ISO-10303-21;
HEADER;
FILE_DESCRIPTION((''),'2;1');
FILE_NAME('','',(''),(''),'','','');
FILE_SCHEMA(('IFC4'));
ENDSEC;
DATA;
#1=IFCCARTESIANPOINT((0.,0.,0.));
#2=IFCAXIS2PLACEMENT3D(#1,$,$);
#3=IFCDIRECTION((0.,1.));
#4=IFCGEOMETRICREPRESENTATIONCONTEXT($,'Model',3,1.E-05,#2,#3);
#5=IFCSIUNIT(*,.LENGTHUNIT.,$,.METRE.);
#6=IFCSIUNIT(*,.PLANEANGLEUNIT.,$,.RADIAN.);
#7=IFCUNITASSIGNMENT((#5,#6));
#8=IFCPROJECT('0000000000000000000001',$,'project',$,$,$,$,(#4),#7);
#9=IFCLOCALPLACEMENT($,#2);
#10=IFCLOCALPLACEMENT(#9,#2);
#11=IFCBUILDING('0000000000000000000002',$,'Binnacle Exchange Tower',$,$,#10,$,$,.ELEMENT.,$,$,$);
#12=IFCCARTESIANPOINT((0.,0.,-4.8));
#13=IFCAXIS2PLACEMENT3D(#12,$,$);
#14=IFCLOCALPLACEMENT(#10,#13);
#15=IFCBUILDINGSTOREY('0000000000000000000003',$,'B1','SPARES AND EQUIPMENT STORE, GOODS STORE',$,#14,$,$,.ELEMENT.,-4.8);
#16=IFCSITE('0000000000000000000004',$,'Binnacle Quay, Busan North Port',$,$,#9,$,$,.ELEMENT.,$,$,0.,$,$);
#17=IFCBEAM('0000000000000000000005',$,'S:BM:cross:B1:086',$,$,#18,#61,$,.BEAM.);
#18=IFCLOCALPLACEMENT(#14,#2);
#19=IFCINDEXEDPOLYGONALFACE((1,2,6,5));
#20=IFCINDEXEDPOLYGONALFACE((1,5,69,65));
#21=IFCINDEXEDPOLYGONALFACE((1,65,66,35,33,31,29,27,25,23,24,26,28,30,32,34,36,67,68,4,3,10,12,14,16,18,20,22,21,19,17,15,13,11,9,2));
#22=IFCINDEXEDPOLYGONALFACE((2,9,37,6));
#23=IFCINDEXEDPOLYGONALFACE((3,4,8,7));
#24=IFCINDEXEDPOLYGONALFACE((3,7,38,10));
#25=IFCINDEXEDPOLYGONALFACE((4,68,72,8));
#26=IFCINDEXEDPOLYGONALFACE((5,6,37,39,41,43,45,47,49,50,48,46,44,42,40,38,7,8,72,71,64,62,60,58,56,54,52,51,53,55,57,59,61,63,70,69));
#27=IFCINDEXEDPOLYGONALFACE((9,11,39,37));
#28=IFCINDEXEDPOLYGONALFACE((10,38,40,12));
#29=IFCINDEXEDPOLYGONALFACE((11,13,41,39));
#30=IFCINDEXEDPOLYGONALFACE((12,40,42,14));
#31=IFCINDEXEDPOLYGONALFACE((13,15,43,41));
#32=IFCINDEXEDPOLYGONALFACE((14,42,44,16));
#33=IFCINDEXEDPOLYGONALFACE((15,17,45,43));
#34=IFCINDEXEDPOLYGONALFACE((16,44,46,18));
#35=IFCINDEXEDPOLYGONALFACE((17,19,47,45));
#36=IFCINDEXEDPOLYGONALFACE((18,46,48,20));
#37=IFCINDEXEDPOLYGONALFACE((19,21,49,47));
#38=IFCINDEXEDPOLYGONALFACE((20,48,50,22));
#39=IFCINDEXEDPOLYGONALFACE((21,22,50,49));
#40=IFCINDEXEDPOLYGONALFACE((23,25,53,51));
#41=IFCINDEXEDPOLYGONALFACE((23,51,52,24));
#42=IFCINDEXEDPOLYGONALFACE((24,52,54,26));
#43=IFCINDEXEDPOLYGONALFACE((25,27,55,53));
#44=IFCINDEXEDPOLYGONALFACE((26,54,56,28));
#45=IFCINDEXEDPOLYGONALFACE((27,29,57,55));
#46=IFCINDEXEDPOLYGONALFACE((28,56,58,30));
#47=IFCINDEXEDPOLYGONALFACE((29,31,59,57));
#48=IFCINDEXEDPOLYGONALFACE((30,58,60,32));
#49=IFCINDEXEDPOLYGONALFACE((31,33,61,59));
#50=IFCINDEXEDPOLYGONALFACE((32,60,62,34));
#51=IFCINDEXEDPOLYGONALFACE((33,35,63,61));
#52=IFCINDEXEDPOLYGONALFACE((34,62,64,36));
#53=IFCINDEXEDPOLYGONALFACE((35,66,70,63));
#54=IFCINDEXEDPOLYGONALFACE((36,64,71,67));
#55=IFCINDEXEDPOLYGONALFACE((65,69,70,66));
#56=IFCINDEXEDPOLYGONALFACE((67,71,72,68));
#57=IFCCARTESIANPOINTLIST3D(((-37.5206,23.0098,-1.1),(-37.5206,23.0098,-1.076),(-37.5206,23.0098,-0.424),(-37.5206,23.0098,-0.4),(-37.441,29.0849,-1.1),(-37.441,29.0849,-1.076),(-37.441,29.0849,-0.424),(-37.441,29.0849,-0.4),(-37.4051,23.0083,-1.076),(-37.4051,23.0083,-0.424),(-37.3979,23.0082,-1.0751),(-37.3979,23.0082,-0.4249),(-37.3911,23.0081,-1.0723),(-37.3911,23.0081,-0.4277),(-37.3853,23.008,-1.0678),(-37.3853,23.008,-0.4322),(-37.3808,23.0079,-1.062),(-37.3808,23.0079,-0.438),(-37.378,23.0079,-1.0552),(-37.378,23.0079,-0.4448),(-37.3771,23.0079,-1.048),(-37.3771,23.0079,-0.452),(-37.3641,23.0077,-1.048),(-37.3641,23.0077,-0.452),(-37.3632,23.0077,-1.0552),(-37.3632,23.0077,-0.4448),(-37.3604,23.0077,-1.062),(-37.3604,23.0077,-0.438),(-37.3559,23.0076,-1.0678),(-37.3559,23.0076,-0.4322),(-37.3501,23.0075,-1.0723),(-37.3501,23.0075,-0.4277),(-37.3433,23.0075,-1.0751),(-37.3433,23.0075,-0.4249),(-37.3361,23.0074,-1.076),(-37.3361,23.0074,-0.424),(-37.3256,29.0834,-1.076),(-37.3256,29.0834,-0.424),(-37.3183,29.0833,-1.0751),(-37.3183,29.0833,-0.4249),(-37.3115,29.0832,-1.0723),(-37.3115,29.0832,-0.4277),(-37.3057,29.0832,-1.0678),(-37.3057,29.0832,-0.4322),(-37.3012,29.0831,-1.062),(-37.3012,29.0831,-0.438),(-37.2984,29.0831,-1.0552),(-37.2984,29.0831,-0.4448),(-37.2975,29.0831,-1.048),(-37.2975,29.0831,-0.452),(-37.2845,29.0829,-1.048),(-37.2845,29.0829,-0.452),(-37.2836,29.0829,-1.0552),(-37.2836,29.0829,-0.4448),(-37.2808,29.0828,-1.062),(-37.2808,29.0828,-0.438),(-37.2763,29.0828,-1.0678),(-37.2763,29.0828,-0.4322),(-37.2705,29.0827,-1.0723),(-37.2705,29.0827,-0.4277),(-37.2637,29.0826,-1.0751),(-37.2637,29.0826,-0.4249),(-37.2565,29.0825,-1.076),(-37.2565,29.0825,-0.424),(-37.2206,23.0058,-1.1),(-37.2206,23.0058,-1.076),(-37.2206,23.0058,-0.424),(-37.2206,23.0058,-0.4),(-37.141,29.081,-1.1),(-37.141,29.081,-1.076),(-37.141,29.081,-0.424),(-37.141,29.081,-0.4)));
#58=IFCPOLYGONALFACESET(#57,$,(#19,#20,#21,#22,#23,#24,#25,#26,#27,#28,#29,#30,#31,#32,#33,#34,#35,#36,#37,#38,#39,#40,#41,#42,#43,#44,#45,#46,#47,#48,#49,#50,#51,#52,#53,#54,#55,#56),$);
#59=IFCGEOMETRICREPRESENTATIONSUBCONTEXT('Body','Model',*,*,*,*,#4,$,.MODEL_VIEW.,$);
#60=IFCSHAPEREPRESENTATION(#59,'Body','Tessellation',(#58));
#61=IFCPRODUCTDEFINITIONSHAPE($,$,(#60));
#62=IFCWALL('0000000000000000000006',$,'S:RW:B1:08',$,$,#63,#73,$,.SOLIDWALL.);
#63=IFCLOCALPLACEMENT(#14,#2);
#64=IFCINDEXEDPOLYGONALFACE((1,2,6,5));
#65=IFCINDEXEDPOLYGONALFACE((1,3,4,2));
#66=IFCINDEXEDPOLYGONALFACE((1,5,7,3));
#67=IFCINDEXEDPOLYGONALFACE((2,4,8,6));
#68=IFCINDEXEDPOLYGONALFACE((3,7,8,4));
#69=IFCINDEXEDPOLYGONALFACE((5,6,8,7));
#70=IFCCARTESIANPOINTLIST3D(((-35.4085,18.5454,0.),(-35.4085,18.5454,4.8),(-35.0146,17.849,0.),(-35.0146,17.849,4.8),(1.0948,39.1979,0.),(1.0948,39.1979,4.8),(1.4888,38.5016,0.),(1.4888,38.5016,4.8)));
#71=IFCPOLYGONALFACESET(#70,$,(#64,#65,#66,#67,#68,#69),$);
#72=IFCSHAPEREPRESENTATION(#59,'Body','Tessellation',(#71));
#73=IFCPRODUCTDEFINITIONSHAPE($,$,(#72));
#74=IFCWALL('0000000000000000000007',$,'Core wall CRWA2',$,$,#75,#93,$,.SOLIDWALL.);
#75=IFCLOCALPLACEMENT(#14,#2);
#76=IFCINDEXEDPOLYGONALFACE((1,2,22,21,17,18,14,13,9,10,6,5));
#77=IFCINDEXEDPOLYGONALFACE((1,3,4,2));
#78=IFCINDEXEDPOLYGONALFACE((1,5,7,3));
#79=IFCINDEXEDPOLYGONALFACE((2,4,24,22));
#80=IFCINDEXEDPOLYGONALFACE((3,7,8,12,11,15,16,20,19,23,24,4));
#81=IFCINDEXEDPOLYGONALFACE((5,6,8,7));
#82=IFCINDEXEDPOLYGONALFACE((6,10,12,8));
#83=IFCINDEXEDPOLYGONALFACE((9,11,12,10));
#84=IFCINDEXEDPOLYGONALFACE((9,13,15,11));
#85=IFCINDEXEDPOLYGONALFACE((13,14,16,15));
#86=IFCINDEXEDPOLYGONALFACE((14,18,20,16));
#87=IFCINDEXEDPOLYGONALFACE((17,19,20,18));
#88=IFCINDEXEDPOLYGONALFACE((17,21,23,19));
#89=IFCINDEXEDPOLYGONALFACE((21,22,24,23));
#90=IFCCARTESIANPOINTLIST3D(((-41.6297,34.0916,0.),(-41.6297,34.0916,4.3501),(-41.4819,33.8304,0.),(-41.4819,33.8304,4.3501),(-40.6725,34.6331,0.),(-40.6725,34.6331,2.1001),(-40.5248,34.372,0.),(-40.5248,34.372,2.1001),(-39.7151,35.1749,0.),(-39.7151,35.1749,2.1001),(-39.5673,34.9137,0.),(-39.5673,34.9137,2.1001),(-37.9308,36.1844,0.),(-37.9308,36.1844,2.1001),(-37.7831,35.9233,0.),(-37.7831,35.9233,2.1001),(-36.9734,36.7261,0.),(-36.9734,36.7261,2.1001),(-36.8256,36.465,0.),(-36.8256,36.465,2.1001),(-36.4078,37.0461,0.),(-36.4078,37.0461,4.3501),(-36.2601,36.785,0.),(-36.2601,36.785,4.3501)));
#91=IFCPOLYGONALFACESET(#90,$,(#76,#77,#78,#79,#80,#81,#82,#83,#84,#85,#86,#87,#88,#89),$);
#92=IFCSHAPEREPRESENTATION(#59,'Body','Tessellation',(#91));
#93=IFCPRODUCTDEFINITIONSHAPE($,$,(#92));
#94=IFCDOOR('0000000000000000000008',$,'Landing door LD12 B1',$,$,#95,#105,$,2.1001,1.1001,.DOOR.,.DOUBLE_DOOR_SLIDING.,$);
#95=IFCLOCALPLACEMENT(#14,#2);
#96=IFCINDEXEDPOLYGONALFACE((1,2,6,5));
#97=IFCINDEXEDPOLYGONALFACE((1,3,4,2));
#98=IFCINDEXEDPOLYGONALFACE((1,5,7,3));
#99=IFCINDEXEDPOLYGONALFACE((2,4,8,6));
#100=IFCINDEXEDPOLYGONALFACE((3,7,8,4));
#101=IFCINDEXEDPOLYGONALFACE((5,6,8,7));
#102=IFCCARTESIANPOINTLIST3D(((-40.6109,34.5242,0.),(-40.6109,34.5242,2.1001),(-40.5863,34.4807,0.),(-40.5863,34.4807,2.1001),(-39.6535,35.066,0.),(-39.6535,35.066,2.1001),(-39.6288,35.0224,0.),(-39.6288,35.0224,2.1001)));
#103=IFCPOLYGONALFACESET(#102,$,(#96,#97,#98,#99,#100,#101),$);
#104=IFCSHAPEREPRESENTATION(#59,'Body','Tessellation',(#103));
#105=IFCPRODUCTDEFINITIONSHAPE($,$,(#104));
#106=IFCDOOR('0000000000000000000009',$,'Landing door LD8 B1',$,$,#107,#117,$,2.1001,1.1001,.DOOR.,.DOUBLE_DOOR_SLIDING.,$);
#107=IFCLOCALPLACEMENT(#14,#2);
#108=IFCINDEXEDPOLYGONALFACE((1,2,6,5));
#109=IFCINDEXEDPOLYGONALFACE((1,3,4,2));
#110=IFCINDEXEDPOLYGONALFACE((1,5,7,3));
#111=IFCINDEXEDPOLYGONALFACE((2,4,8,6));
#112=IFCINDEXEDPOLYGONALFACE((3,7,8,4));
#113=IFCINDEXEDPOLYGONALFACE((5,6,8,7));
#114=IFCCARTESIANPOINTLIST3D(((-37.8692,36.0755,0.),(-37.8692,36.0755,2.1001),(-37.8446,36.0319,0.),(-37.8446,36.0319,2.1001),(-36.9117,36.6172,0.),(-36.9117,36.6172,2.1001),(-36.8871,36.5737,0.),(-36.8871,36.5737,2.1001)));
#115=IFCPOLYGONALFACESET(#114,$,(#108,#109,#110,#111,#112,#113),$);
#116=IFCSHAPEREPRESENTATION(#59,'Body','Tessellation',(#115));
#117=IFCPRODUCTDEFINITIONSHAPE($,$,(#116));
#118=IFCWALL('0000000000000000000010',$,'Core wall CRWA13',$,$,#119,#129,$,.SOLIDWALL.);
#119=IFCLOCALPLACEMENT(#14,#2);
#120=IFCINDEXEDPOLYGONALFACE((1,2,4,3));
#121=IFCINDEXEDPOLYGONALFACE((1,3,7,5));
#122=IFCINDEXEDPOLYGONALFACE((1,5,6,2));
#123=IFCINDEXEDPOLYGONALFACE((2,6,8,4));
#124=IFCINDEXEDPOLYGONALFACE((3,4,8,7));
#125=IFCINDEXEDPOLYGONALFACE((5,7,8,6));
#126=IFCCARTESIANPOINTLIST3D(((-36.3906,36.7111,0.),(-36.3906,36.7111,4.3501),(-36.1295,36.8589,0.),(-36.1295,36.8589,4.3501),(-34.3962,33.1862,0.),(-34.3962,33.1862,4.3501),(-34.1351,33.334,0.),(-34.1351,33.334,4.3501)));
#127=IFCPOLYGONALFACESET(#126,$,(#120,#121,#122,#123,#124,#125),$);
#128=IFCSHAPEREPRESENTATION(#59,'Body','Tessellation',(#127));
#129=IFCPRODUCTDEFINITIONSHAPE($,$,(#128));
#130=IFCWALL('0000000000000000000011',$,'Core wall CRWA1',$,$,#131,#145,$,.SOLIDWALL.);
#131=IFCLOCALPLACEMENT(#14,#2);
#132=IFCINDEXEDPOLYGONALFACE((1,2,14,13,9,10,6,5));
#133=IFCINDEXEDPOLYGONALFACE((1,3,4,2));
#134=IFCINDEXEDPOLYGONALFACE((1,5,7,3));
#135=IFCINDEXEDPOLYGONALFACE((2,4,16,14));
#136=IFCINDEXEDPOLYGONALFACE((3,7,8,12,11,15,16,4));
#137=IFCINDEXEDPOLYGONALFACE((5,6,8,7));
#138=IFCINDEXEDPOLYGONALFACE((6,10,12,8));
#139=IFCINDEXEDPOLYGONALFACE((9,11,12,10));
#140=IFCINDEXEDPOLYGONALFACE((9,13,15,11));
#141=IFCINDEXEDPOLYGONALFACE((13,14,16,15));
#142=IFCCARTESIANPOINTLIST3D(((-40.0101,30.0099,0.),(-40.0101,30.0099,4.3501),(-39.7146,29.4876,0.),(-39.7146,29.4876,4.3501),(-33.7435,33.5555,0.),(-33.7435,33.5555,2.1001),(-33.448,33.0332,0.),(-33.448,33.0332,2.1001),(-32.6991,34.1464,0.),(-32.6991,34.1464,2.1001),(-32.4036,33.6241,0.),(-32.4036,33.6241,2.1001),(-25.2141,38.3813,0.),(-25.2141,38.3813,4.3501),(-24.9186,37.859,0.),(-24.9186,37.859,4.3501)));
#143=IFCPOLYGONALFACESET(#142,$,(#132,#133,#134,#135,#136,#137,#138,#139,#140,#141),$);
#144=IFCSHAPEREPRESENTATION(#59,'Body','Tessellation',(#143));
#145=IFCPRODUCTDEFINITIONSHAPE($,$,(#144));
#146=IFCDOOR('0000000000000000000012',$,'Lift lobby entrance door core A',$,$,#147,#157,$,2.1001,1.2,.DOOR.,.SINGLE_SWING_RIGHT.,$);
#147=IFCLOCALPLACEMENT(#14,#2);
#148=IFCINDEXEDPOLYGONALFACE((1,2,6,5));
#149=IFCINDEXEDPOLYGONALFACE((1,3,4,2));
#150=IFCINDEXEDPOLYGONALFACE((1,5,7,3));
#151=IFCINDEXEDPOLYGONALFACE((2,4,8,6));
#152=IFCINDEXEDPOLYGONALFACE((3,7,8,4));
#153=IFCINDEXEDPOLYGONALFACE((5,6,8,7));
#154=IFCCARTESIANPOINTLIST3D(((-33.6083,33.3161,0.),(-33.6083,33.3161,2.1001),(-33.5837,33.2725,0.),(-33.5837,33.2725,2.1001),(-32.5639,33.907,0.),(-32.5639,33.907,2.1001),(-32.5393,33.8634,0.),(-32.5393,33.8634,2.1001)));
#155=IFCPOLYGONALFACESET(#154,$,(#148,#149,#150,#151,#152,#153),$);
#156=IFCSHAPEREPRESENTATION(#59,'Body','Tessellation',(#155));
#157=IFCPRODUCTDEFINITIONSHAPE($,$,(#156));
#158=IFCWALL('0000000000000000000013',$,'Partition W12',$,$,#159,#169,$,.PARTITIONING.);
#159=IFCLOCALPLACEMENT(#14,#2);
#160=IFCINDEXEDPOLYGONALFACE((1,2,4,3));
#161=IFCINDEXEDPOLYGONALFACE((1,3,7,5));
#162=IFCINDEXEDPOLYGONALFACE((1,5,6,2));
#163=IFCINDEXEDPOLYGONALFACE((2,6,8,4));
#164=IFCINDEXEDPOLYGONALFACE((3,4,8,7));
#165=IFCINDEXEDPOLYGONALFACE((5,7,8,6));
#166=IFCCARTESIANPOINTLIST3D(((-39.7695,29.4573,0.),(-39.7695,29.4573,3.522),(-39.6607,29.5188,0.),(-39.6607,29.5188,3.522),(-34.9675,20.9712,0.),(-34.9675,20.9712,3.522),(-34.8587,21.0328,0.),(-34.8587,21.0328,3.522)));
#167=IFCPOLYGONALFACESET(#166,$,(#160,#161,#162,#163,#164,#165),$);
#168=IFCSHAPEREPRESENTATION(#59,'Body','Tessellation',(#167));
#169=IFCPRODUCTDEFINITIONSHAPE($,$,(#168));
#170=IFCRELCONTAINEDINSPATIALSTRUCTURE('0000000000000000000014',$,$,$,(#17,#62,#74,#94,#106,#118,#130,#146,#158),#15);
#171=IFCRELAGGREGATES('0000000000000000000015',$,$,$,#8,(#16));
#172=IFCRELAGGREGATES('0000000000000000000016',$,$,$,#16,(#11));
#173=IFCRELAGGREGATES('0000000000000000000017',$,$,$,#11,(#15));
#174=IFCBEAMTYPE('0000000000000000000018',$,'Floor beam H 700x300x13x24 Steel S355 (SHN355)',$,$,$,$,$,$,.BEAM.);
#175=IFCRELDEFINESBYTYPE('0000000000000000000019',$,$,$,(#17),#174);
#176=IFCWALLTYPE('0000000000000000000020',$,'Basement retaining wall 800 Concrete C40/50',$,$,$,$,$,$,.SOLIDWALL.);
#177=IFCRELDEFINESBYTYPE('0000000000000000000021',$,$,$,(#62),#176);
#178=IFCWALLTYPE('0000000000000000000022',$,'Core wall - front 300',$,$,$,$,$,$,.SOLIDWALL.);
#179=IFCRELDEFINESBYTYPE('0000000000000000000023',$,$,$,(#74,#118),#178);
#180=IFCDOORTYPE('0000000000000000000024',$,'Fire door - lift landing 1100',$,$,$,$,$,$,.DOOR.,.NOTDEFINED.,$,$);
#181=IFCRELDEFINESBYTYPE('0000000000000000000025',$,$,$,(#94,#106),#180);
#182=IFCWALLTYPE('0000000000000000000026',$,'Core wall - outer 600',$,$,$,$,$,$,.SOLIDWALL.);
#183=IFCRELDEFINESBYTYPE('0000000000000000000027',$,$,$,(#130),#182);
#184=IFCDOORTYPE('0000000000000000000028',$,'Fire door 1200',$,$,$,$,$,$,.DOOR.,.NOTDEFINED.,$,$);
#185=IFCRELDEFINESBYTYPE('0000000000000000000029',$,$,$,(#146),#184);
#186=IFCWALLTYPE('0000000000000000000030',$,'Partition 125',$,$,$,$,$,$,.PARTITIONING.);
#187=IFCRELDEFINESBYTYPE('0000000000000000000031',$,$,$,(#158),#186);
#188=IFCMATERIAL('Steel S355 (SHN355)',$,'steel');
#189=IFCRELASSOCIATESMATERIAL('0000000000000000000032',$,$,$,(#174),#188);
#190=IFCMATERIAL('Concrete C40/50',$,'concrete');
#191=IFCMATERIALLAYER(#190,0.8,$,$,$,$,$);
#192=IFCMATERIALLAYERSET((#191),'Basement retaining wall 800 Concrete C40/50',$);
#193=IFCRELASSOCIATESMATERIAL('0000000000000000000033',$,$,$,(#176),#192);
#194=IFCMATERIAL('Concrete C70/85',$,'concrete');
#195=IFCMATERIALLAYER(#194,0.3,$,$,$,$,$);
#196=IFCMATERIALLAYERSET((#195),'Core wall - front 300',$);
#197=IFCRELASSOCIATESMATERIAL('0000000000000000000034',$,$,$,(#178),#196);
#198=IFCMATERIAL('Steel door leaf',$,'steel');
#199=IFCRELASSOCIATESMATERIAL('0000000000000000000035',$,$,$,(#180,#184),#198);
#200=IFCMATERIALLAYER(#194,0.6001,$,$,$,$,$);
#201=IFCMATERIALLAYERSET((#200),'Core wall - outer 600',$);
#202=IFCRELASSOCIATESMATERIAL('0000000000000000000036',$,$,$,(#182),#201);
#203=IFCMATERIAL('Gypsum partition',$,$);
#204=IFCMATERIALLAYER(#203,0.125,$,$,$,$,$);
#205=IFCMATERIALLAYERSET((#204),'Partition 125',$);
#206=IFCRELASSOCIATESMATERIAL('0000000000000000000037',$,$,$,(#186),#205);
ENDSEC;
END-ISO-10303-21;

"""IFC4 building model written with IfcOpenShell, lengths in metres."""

from ifc_helpers import new_model, si_unit, direction, frame, frame_2d, origin, origin_2d, place, context, subcontext, project, spatial, rectangle, i_section, extrude, material, layer, layer_set, material_profile, profile_set, type_object, element, fill, save


model = new_model("IFC4")

# Units and contexts
model_context = context("Model", 3, precision=1e-05, world=origin(), true_north=direction((0.0, 1.0)))
body_context = subcontext(model_context, "Body", "Model", "MODEL_VIEW")
ifc_project = project(units=[si_unit("LENGTHUNIT", "METRE"), si_unit("PLANEANGLEUNIT", "RADIAN")], contexts=[model_context])

# Site, building, storey
site_placement = place(None, origin())
site = spatial("IfcSite", under=ifc_project, at=site_placement, Name="Binnacle Quay, Busan North Port", CompositionType="ELEMENT", RefElevation=0.0)
building_placement = place(site_placement, origin())
building = spatial("IfcBuilding", under=site, at=building_placement, Name="Binnacle Exchange Tower", CompositionType="ELEMENT")
storey_placement = place(building_placement, frame((0.0, 0.0, -4.8)))
storey = spatial("IfcBuildingStorey", under=building, at=storey_placement, Name="B1", Description="SPARES AND EQUIPMENT STORE, GOODS STORE", CompositionType="ELEMENT", Elevation=-4.8)

# Shared definitions
ifc_material_1 = material(Name="Concrete C70/85", Category="concrete")

# Beam
ifc_material_2 = material(Name="Steel S355 (SHN355)", Category="steel")
ifc_material_profile_1 = material_profile(ifc_material_2, i_section(OverallWidth=0.3, OverallDepth=0.7, WebThickness=0.0129, FlangeThickness=0.0239, FilletRadius=0.0281, at=origin_2d()), Name="H 700x300x13x24")
ifc_profile_set_1 = profile_set([ifc_material_profile_1], Name="Steel S355 (SHN355)")
beam_type_1 = type_object("IfcBeamType", Name="Floor beam H 700x300x13x24 Steel S355 (SHN355)", PredefinedType="BEAM", material=ifc_profile_set_1)
beam_1_placement = place(storey_placement, frame((-37.3706, 23.0078, -0.75), z_axis=(0.0131, 0.999914, 0.0), x_axis=(-0.999914, 0.0131, 0.0)))
element("IfcBeam", 1, at=beam_1_placement, inside=storey, type_object=beam_type_1, Name="S:BM:cross:B1:086", PredefinedType="BEAM", context=body_context, shape_type="SweptSolid", body=[
    extrude(i_section(OverallWidth=0.3, OverallDepth=0.7, WebThickness=0.0129, FlangeThickness=0.0239, FilletRadius=0.0281, at=origin_2d()), origin(), (0.0, 0.0, 1.0), 6.0757),
])

# Wall
ifc_material_3 = material(Name="Concrete C40/50", Category="concrete")
ifc_layer_1 = layer(ifc_material_3, 0.8)
ifc_layer_set_1 = layer_set([ifc_layer_1], Name="Basement retaining wall 800 Concrete C40/50")
wall_type_1 = type_object("IfcWallType", Name="Basement retaining wall 800 Concrete C40/50", PredefinedType="SOLIDWALL", material=ifc_layer_set_1)
wall_1_placement = place(storey_placement, frame((-35.2114, 18.1973, 0.0), z_axis=(0.0, 0.0, 1.0), x_axis=(0.870356, 0.492423, 0.0)))
element("IfcWall", 2, at=wall_1_placement, inside=storey, type_object=wall_type_1, Name="S:RW:B1:08", PredefinedType="SOLIDWALL", context=body_context, shape_type="SweptSolid", body=[
    extrude(rectangle(XDim=41.9407, YDim=0.8, at=frame_2d((20.9702, 0.0))), origin(), (0.0, 0.0, 1.0), 4.8),
])

# Wall, openings, doors
ifc_layer_2 = layer(ifc_material_1, 0.3)
ifc_layer_set_2 = layer_set([ifc_layer_2], Name="Core wall - front 300")
wall_type_2 = type_object("IfcWallType", Name="Core wall - front 300", PredefinedType="SOLIDWALL", material=ifc_layer_set_2)
wall_2_placement = place(storey_placement, frame((-41.5559, 33.9609, 0.0), z_axis=(0.0, 0.0, 1.0), x_axis=(0.870344, 0.492445, 0.0)))
wall_2 = element("IfcWall", 3, at=wall_2_placement, inside=storey, type_object=wall_type_2, Name="Core wall CRWA2", PredefinedType="SOLIDWALL", context=body_context, shape_type="SweptSolid", body=[
    extrude(rectangle(XDim=5.9998, YDim=0.3, at=frame_2d((3.0, 0.0))), origin(), (0.0, 0.0, 1.0), 4.3501),
])
opening_1_placement = place(wall_2_placement, frame((1.0999, 0.0, 0.0)))
opening_1 = element("IfcOpeningElement", 4, at=opening_1_placement, cuts=wall_2, PredefinedType="OPENING", context=body_context, shape_type="SweptSolid", body=[
    extrude(rectangle(XDim=1.1001, YDim=2.1001, at=frame_2d((0.55, 1.05))), frame((0.0, 0.1599, 0.0), z_axis=(0.0, -1.0, 0.0), x_axis=(1.0, 0.0, 0.0)), (0.0, 0.0, 1.0), 0.3201),
])
opening_2_placement = place(wall_2_placement, frame((4.25, 0.0, 0.0)))
opening_2 = element("IfcOpeningElement", 5, at=opening_2_placement, cuts=wall_2, PredefinedType="OPENING", context=body_context, shape_type="SweptSolid", body=[
    extrude(rectangle(XDim=1.1001, YDim=2.1001, at=frame_2d((0.55, 1.05))), frame((0.0, 0.1599, 0.0), z_axis=(0.0, -1.0, 0.0), x_axis=(1.0, 0.0, 0.0)), (0.0, 0.0, 1.0), 0.3201),
])
ifc_material_4 = material(Name="Steel door leaf", Category="steel")
door_type_1 = type_object("IfcDoorType", Name="Fire door - lift landing 1100", OperationType="NOTDEFINED", PredefinedType="DOOR", material=ifc_material_4)
door_1_placement = place(opening_1_placement, origin())
door_1 = element("IfcDoor", 6, at=door_1_placement, inside=storey, type_object=door_type_1, Name="Landing door LD12 B1", OperationType="DOUBLE_DOOR_SLIDING", OverallHeight=2.1001, OverallWidth=1.1001, PredefinedType="DOOR", context=body_context, shape_type="SweptSolid", body=[
    extrude(rectangle(XDim=1.1001, YDim=2.1001, at=frame_2d((0.55, 1.05))), frame((0.0, 0.0249, 0.0), z_axis=(0.0, -1.0, 0.0), x_axis=(1.0, 0.0, 0.0)), (0.0, 0.0, 1.0), 0.05),
])
fill(opening_1, door_1)
door_2_placement = place(opening_2_placement, origin())
door_2 = element("IfcDoor", 7, at=door_2_placement, inside=storey, type_object=door_type_1, Name="Landing door LD8 B1", OperationType="DOUBLE_DOOR_SLIDING", OverallHeight=2.1001, OverallWidth=1.1001, PredefinedType="DOOR", context=body_context, shape_type="SweptSolid", body=[
    extrude(rectangle(XDim=1.1001, YDim=2.1001, at=frame_2d((0.55, 1.05))), frame((0.0, 0.0249, 0.0), z_axis=(0.0, -1.0, 0.0), x_axis=(1.0, 0.0, 0.0)), (0.0, 0.0, 1.0), 0.05),
])
fill(opening_2, door_2)

# Wall
wall_3_placement = place(storey_placement, frame((-36.26, 36.7849, 0.0), z_axis=(0.0, 0.0, 1.0), x_axis=(0.492441, -0.870346, 0.0)))
element("IfcWall", 8, at=wall_3_placement, inside=storey, type_object=wall_type_2, Name="Core wall CRWA13", PredefinedType="SOLIDWALL", context=body_context, shape_type="SweptSolid", body=[
    extrude(rectangle(XDim=4.05, YDim=0.3, at=frame_2d((2.0249, 0.0))), origin(), (0.0, 0.0, 1.0), 4.3501),
])

# Wall, opening, door
ifc_layer_3 = layer(ifc_material_1, 0.6001)
ifc_layer_set_3 = layer_set([ifc_layer_3], Name="Core wall - outer 600")
wall_type_3 = type_object("IfcWallType", Name="Core wall - outer 600", PredefinedType="SOLIDWALL", material=ifc_layer_set_3)
wall_4_placement = place(storey_placement, frame((-39.8623, 29.7488, 0.0), z_axis=(0.0, 0.0, 1.0), x_axis=(0.87035, 0.492433, 0.0)))
wall_4 = element("IfcWall", 9, at=wall_4_placement, inside=storey, type_object=wall_type_3, Name="Core wall CRWA1", PredefinedType="SOLIDWALL", context=body_context, shape_type="SweptSolid", body=[
    extrude(rectangle(XDim=17.0, YDim=0.6001, at=frame_2d((8.5, 0.0))), origin(), (0.0, 0.0, 1.0), 4.3501),
])
opening_3_placement = place(wall_4_placement, frame((7.2, 0.0, 0.0)))
opening_3 = element("IfcOpeningElement", 10, at=opening_3_placement, cuts=wall_4, PredefinedType="OPENING", context=body_context, shape_type="SweptSolid", body=[
    extrude(rectangle(XDim=1.2, YDim=2.1001, at=frame_2d((0.6001, 1.05))), frame((0.0, 0.3101, 0.0), z_axis=(0.0, -1.0, 0.0), x_axis=(1.0, 0.0, 0.0)), (0.0, 0.0, 1.0), 0.6201),
])
door_type_2 = type_object("IfcDoorType", Name="Fire door 1200", OperationType="NOTDEFINED", PredefinedType="DOOR", material=ifc_material_4)
door_3_placement = place(opening_3_placement, frame((1.2, 0.0, 0.0), z_axis=(0.0, 0.0, 1.0), x_axis=(-1.0, 0.0, 0.0)))
door_3 = element("IfcDoor", 11, at=door_3_placement, inside=storey, type_object=door_type_2, Name="Lift lobby entrance door core A", OperationType="SINGLE_SWING_RIGHT", OverallHeight=2.1001, OverallWidth=1.2, PredefinedType="DOOR", context=body_context, shape_type="SweptSolid", body=[
    extrude(rectangle(XDim=1.2, YDim=2.1001, at=frame_2d((0.6001, 1.05))), frame((0.0, 0.0249, 0.0), z_axis=(0.0, -1.0, 0.0), x_axis=(1.0, 0.0, 0.0)), (0.0, 0.0, 1.0), 0.05),
])
fill(opening_3, door_3)

# Wall
ifc_material_5 = material(Name="Gypsum partition")
ifc_layer_4 = layer(ifc_material_5, 0.125)
ifc_layer_set_4 = layer_set([ifc_layer_4], Name="Partition 125")
wall_type_4 = type_object("IfcWallType", Name="Partition 125", PredefinedType="PARTITIONING", material=ifc_layer_set_4)
wall_5_placement = place(storey_placement, frame((-39.7151, 29.488, 0.0), z_axis=(0.0, 0.0, 1.0), x_axis=(0.492486, -0.87032, 0.0)))
element("IfcWall", 12, at=wall_5_placement, inside=storey, type_object=wall_type_4, Name="Partition W12", PredefinedType="PARTITIONING", context=body_context, shape_type="SweptSolid", body=[
    extrude(rectangle(XDim=9.7505, YDim=0.125, at=frame_2d((4.8752, 0.0))), origin(), (0.0, 0.0, 1.0), 3.522),
])

save(model, "model.ifc")
